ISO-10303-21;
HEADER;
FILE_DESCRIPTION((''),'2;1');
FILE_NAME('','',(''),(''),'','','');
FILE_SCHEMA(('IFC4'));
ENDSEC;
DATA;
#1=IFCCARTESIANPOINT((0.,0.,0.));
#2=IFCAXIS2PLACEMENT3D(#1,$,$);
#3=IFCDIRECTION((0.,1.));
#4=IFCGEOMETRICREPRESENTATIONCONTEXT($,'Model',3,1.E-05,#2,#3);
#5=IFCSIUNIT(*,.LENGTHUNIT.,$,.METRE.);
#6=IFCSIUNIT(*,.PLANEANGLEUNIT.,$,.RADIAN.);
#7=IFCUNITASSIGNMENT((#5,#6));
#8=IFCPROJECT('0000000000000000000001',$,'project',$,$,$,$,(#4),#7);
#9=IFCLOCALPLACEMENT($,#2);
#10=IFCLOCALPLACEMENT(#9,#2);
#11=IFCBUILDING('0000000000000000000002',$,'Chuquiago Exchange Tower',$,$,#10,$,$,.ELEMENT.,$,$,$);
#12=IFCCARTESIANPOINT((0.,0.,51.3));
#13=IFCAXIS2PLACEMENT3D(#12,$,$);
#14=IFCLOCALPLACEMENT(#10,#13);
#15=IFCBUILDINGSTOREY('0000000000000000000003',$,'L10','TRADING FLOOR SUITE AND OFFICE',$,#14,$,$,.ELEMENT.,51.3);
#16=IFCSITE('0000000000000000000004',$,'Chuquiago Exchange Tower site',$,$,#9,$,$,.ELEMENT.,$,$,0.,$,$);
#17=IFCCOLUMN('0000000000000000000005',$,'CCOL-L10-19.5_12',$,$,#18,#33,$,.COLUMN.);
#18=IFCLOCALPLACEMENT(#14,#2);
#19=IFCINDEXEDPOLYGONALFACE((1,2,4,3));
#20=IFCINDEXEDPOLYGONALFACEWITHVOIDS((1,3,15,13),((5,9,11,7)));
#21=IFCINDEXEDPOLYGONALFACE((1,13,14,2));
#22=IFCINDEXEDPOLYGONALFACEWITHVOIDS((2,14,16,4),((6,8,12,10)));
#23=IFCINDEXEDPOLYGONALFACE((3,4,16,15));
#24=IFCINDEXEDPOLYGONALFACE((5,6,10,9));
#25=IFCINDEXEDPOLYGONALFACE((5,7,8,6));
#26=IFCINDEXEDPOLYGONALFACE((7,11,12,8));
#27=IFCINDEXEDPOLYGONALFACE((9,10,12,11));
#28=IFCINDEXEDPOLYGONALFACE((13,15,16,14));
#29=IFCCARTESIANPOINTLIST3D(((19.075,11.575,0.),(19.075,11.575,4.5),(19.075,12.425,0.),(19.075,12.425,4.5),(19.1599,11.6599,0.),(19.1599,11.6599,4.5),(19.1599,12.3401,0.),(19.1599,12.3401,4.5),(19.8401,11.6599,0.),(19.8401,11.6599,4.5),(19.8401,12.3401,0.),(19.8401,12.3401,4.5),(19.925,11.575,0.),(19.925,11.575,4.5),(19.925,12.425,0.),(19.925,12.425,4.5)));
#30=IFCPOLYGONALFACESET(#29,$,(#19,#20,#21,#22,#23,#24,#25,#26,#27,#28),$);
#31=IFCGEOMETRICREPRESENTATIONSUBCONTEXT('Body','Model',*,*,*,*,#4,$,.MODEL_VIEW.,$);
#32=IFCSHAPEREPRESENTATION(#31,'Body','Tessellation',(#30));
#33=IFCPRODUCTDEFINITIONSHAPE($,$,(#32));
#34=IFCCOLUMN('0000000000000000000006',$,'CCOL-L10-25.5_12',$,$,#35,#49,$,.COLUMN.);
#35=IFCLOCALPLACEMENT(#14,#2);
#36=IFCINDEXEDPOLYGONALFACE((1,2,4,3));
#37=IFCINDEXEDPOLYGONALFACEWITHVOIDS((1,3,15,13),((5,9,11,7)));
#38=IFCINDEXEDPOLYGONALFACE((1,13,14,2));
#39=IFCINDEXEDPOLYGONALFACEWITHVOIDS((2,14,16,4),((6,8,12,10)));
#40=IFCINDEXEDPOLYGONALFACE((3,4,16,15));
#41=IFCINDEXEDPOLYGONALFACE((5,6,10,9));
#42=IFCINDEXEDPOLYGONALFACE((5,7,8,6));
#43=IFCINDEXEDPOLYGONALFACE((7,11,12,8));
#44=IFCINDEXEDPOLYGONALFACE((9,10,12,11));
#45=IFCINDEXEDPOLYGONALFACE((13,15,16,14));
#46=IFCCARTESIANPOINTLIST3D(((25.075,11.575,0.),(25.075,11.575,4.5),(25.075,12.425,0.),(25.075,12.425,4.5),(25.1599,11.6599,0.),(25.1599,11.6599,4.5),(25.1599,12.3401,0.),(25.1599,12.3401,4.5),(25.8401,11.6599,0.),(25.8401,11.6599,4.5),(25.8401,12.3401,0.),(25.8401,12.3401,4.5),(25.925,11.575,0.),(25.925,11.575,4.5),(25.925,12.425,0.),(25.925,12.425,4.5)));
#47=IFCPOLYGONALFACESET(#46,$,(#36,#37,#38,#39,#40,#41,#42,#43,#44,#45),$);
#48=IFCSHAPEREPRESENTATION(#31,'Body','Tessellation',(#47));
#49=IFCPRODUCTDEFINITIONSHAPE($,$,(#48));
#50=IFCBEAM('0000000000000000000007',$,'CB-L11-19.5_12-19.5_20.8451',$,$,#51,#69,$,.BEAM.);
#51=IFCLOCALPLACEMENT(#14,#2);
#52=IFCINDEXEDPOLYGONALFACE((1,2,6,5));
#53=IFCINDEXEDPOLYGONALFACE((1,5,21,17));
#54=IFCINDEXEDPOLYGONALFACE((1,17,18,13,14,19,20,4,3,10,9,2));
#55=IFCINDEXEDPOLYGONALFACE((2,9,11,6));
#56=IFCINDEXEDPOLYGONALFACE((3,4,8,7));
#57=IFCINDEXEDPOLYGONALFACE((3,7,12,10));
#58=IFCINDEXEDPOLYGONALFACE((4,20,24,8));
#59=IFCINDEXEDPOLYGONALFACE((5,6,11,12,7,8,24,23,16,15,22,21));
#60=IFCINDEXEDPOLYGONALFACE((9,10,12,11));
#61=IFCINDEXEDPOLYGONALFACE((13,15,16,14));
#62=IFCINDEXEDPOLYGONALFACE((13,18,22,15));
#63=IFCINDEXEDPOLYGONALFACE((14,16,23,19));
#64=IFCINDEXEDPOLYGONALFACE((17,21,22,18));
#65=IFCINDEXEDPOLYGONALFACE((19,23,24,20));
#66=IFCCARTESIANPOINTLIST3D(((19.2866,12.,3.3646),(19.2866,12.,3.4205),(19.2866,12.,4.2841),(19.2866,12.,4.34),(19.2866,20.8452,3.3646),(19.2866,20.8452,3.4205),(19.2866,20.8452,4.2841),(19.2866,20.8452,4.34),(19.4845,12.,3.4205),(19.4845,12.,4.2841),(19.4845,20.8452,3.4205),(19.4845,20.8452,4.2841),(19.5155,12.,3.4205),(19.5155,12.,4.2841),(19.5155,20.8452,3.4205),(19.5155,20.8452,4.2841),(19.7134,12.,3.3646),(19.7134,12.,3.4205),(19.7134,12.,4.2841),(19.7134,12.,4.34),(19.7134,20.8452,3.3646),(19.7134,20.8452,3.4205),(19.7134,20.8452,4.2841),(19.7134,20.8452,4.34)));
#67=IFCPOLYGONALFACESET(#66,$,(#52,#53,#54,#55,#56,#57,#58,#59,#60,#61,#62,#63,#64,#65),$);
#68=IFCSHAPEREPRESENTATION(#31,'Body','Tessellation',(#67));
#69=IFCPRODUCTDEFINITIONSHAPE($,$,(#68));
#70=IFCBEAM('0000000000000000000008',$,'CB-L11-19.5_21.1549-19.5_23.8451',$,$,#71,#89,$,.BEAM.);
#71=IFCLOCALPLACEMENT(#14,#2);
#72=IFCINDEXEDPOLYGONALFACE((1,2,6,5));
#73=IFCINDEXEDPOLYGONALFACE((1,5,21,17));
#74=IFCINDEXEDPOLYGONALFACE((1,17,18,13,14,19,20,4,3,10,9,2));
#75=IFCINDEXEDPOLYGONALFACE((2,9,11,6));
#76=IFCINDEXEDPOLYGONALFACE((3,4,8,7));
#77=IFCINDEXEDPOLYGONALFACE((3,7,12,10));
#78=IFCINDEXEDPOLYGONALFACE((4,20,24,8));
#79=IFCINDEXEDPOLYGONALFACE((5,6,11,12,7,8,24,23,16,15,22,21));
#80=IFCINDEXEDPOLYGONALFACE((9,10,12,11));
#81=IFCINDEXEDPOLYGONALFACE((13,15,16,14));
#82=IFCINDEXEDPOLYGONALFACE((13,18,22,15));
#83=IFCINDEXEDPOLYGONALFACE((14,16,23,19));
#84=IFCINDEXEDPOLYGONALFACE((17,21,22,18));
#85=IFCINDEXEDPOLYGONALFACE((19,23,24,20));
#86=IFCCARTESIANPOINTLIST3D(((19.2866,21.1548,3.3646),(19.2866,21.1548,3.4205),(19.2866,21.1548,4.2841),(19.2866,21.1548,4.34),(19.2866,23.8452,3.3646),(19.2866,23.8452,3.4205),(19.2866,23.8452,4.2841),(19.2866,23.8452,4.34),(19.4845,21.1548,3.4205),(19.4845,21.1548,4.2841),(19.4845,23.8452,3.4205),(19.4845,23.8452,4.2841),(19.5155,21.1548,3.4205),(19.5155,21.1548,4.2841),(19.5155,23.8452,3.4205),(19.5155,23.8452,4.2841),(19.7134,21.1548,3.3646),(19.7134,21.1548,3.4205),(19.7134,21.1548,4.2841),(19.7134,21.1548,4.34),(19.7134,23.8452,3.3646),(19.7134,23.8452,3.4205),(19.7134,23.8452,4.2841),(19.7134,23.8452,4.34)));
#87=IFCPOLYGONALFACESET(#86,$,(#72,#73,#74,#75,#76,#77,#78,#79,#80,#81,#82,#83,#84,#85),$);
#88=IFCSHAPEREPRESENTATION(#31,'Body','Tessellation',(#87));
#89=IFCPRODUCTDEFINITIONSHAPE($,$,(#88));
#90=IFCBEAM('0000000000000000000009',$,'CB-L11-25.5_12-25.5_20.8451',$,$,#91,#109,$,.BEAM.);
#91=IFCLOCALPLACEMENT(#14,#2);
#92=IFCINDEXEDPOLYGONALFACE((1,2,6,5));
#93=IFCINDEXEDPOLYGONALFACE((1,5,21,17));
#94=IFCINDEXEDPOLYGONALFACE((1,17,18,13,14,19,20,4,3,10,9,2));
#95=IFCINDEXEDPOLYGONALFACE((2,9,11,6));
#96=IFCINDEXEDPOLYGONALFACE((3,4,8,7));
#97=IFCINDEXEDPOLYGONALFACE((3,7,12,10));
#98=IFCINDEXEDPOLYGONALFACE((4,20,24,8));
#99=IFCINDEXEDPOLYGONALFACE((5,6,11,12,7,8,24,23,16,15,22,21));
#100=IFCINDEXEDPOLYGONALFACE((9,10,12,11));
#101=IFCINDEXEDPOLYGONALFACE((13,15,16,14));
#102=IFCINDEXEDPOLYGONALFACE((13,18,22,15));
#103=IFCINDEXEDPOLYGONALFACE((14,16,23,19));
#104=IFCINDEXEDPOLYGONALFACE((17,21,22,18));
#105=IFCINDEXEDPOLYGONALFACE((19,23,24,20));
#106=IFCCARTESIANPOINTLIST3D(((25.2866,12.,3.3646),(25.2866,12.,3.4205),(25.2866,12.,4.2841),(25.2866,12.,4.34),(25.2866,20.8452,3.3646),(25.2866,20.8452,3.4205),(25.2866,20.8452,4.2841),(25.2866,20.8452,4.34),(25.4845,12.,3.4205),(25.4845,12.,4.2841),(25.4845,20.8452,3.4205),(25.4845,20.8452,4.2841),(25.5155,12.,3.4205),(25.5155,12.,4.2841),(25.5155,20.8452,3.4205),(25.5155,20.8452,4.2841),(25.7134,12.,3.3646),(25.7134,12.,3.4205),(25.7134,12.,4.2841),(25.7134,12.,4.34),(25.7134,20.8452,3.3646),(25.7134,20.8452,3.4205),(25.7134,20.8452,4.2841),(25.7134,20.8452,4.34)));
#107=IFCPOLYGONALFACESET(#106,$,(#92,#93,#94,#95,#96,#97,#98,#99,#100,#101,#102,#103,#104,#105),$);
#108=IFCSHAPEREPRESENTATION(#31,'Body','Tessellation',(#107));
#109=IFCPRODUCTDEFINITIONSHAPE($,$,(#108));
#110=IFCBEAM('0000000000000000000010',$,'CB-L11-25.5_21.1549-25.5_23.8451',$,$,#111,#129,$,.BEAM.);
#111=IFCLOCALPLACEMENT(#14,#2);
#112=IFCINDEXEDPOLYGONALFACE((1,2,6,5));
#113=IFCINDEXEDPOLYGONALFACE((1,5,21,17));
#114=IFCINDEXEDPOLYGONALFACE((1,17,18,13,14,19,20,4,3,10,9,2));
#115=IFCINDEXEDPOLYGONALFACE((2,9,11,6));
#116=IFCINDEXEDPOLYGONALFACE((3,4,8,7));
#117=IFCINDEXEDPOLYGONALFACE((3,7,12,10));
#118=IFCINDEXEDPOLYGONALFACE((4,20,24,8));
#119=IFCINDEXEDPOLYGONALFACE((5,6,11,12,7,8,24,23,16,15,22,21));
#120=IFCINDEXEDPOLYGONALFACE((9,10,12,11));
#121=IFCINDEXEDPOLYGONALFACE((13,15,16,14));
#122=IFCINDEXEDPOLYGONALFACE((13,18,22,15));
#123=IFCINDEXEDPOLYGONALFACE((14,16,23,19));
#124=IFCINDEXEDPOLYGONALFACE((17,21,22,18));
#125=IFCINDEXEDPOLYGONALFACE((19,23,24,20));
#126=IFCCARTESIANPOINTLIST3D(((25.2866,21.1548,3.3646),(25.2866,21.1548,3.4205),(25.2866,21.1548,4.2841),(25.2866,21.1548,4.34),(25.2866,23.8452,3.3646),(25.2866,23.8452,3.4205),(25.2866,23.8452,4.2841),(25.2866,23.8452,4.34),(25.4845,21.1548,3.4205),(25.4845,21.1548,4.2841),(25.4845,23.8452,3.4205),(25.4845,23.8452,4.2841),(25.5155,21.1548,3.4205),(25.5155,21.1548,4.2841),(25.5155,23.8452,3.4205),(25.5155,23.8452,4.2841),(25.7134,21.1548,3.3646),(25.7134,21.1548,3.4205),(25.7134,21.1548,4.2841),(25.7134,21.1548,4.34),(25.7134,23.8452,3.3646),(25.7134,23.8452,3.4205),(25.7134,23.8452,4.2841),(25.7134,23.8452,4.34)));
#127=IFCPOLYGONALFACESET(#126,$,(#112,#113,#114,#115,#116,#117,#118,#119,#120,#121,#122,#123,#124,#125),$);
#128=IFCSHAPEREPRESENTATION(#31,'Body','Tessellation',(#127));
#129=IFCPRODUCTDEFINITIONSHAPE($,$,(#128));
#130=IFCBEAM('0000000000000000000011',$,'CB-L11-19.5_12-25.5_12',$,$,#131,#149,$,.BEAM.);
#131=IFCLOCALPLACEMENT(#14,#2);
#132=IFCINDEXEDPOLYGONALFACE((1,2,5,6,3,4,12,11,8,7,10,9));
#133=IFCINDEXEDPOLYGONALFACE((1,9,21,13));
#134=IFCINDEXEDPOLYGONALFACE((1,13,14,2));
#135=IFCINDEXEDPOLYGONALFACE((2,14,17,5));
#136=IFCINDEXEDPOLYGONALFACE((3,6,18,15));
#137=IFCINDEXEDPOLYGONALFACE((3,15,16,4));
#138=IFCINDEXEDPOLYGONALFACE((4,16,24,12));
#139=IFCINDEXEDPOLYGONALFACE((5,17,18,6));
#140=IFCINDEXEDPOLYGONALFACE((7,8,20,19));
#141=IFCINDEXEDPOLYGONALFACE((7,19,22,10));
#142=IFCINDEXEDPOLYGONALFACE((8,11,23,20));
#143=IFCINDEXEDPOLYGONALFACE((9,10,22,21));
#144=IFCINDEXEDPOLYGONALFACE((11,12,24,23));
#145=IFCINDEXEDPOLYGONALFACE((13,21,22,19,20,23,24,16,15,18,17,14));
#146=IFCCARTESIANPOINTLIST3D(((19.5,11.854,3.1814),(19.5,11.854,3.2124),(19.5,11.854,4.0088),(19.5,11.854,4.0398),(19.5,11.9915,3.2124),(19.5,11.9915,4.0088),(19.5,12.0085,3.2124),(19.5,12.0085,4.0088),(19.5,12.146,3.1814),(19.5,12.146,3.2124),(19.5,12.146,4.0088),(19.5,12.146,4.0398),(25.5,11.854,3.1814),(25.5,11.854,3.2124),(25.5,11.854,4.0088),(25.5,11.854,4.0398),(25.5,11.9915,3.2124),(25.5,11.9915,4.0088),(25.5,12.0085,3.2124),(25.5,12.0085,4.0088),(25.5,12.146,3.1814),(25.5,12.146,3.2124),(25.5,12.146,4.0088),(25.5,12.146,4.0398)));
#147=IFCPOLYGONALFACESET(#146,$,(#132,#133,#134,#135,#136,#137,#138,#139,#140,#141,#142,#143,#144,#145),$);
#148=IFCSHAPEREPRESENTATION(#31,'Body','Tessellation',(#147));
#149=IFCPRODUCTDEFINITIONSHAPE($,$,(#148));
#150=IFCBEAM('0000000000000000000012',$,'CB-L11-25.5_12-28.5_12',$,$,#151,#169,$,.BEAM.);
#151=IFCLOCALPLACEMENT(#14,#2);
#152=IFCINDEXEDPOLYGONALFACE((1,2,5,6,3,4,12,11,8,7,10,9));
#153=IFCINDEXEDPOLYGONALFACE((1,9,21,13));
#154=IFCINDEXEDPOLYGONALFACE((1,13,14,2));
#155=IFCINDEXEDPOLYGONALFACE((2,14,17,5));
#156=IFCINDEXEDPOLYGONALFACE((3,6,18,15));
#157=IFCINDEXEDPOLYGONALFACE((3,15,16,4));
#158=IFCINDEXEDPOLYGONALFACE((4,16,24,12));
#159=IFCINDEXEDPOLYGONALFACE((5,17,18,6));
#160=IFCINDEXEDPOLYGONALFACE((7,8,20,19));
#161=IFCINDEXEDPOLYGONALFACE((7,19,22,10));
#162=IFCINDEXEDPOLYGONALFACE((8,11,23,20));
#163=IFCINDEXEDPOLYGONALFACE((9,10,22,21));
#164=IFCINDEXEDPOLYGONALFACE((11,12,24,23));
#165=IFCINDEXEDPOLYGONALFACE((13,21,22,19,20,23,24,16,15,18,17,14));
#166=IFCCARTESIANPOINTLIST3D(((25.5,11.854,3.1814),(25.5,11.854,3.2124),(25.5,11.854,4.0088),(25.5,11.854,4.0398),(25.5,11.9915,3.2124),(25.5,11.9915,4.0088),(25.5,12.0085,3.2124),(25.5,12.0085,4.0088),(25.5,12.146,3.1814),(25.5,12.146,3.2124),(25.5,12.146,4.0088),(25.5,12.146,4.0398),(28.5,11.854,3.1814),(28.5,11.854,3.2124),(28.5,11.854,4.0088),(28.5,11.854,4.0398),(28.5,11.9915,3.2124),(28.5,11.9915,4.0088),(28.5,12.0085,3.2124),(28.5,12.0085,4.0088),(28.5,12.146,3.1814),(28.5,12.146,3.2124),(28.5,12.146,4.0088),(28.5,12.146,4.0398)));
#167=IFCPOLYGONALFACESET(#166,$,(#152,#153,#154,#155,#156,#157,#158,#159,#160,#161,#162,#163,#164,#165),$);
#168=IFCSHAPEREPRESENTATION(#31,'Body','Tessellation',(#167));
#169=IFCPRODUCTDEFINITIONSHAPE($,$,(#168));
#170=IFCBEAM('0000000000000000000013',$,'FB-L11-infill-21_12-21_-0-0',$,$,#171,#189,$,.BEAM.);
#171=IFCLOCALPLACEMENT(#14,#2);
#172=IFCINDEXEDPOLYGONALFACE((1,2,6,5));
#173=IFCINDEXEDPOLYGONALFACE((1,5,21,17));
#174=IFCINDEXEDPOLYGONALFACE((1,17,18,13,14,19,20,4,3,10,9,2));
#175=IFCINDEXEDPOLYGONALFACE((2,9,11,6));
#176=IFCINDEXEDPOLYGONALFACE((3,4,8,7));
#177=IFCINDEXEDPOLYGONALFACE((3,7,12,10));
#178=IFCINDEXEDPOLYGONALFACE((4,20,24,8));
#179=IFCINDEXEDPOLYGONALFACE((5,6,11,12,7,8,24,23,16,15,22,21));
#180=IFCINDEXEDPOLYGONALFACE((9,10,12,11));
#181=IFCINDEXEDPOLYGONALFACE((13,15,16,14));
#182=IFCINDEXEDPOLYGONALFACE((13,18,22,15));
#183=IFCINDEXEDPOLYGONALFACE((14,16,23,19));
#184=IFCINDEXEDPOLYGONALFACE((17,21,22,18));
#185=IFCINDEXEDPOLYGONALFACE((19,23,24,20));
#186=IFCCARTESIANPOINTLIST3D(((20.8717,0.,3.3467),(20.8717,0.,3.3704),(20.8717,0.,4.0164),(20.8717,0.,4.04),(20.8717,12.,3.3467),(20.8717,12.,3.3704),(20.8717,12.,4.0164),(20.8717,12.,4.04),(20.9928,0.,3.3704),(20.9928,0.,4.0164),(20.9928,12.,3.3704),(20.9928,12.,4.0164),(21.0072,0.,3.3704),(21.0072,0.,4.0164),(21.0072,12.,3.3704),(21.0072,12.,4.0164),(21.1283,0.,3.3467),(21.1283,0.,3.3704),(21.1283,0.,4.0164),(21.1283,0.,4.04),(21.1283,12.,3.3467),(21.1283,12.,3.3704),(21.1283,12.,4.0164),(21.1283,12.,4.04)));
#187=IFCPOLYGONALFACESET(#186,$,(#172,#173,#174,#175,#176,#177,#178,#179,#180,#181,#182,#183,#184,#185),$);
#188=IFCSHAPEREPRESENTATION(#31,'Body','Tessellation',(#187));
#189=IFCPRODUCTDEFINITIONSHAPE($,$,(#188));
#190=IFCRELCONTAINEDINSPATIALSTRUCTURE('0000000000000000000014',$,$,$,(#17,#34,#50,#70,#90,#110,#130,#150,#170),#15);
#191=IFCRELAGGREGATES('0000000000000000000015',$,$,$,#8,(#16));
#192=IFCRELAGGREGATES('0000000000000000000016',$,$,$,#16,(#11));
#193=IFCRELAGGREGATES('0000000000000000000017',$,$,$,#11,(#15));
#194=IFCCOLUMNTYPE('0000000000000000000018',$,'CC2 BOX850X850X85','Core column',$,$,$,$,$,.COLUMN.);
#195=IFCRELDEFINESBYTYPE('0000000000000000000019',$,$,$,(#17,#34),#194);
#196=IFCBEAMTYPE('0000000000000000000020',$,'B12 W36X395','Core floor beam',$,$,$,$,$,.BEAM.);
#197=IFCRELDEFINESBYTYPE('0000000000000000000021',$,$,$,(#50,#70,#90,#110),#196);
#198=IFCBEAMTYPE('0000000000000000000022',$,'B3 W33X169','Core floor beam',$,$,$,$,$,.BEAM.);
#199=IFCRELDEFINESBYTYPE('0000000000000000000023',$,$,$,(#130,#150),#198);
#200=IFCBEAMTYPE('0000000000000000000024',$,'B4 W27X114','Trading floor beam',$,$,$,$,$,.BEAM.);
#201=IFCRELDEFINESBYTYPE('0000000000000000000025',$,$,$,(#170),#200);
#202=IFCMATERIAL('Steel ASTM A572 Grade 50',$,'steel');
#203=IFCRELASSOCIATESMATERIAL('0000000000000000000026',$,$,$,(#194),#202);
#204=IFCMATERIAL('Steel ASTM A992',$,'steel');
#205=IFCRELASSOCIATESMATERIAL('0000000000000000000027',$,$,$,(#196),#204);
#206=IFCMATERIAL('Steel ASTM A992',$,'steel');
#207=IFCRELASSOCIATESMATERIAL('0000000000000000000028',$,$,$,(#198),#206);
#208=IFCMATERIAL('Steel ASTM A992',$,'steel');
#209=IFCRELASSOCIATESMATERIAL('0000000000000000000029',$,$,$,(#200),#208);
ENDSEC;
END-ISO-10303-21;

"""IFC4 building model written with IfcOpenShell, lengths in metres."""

from ifc_helpers import new_model, si_unit, direction, frame, origin, origin_2d, place, context, subcontext, project, spatial, hollow_rectangle, i_section, extrude, material, material_profile, profile_set, type_object, element, save


model = new_model("IFC4")

# Units and contexts
model_context = context("Model", 3, precision=1e-05, world=origin(), true_north=direction((0.0, 1.0)))
body_context = subcontext(model_context, "Body", "Model", "MODEL_VIEW")
ifc_project = project(units=[si_unit("LENGTHUNIT", "METRE"), si_unit("PLANEANGLEUNIT", "RADIAN")], contexts=[model_context])

# Site, building, storey
site_placement = place(None, origin())
site = spatial("IfcSite", under=ifc_project, at=site_placement, Name="Chuquiago Exchange Tower site", CompositionType="ELEMENT", RefElevation=0.0)
building_placement = place(site_placement, origin())
building = spatial("IfcBuilding", under=site, at=building_placement, Name="Chuquiago Exchange Tower", CompositionType="ELEMENT")
storey_placement = place(building_placement, frame((0.0, 0.0, 51.3)))
storey = spatial("IfcBuildingStorey", under=building, at=storey_placement, Name="L10", Description="TRADING FLOOR SUITE AND OFFICE", CompositionType="ELEMENT", Elevation=51.3)

# Columns
ifc_material_1 = material(Name="Steel ASTM A572 Grade 50", Category="steel")
ifc_material_profile_1 = material_profile(ifc_material_1, hollow_rectangle(XDim=0.8501, YDim=0.8501, WallThickness=0.085, at=origin_2d()), Name="BOX850X850X85")
ifc_profile_set_1 = profile_set([ifc_material_profile_1], Name="Steel ASTM A572 Grade 50")
column_type = type_object("IfcColumnType", Name="CC2 BOX850X850X85", Description="Core column", PredefinedType="COLUMN", material=ifc_profile_set_1)
for number, where, z_axis, x_axis, name in (
    (1, (19.5, 12.0, 0.0), (0.0, 0.0, 1.0), (1.0, 0.0, 0.0), "CCOL-L10-19.5_12"),
    (2, (25.5, 12.0, 0.0), (0.0, 0.0, 1.0), (1.0, 0.0, 0.0), "CCOL-L10-25.5_12"),
):
    element("IfcColumn", number, at=place(storey_placement, frame(where, z_axis=z_axis, x_axis=x_axis)), inside=storey, type_object=column_type, Name=name, PredefinedType="COLUMN", context=body_context, shape_type="SweptSolid", body=[
        extrude(hollow_rectangle(XDim=0.8501, YDim=0.8501, WallThickness=0.085, at=origin_2d()), origin(), (0.0, 0.0, 1.0), 4.5),
    ])

# Beams
ifc_material_2 = material(Name="Steel ASTM A992", Category="steel")
ifc_material_profile_2 = material_profile(ifc_material_2, i_section(OverallWidth=0.4268, OverallDepth=0.9753, WebThickness=0.031, FlangeThickness=0.0559, at=origin_2d()), Name="W36X395")
ifc_profile_set_2 = profile_set([ifc_material_profile_2], Name="Steel ASTM A992")
beam_type_1 = type_object("IfcBeamType", Name="B12 W36X395", Description="Core floor beam", PredefinedType="BEAM", material=ifc_profile_set_2)
beam_1_placement = place(storey_placement, frame((19.5, 12.0, 3.8523), z_axis=(0.0, 1.0, 0.0), x_axis=(-1.0, 0.0, 0.0)))
element("IfcBeam", 3, at=beam_1_placement, inside=storey, type_object=beam_type_1, Name="CB-L11-19.5_12-19.5_20.8451", PredefinedType="BEAM", context=body_context, shape_type="SweptSolid", body=[
    extrude(i_section(OverallWidth=0.4268, OverallDepth=0.9753, WebThickness=0.031, FlangeThickness=0.0559, at=origin_2d()), origin(), (0.0, 0.0, 1.0), 8.8452),
])
beam_2_placement = place(storey_placement, frame((19.5, 21.1548, 3.8523), z_axis=(0.0, 1.0, 0.0), x_axis=(-1.0, 0.0, 0.0)))
element("IfcBeam", 4, at=beam_2_placement, inside=storey, type_object=beam_type_1, Name="CB-L11-19.5_21.1549-19.5_23.8451", PredefinedType="BEAM", context=body_context, shape_type="SweptSolid", body=[
    extrude(i_section(OverallWidth=0.4268, OverallDepth=0.9753, WebThickness=0.031, FlangeThickness=0.0559, at=origin_2d()), origin(), (0.0, 0.0, 1.0), 2.6904),
])
beam_3_placement = place(storey_placement, frame((25.5, 12.0, 3.8523), z_axis=(0.0, 1.0, 0.0), x_axis=(-1.0, 0.0, 0.0)))
element("IfcBeam", 5, at=beam_3_placement, inside=storey, type_object=beam_type_1, Name="CB-L11-25.5_12-25.5_20.8451", PredefinedType="BEAM", context=body_context, shape_type="SweptSolid", body=[
    extrude(i_section(OverallWidth=0.4268, OverallDepth=0.9753, WebThickness=0.031, FlangeThickness=0.0559, at=origin_2d()), origin(), (0.0, 0.0, 1.0), 8.8452),
])
beam_4_placement = place(storey_placement, frame((25.5, 21.1548, 3.8523), z_axis=(0.0, 1.0, 0.0), x_axis=(-1.0, 0.0, 0.0)))
element("IfcBeam", 6, at=beam_4_placement, inside=storey, type_object=beam_type_1, Name="CB-L11-25.5_21.1549-25.5_23.8451", PredefinedType="BEAM", context=body_context, shape_type="SweptSolid", body=[
    extrude(i_section(OverallWidth=0.4268, OverallDepth=0.9753, WebThickness=0.031, FlangeThickness=0.0559, at=origin_2d()), origin(), (0.0, 0.0, 1.0), 2.6904),
])
ifc_material_3 = material(Name="Steel ASTM A992", Category="steel")
ifc_material_profile_3 = material_profile(ifc_material_3, i_section(OverallWidth=0.292, OverallDepth=0.8584, WebThickness=0.0171, FlangeThickness=0.031, at=origin_2d()), Name="W33X169")
ifc_profile_set_3 = profile_set([ifc_material_profile_3], Name="Steel ASTM A992")
beam_type_2 = type_object("IfcBeamType", Name="B3 W33X169", Description="Core floor beam", PredefinedType="BEAM", material=ifc_profile_set_3)
beam_5_placement = place(storey_placement, frame((19.5, 12.0, 3.6106), z_axis=(1.0, 0.0, 0.0), x_axis=(0.0, 1.0, 0.0)))
element("IfcBeam", 7, at=beam_5_placement, inside=storey, type_object=beam_type_2, Name="CB-L11-19.5_12-25.5_12", PredefinedType="BEAM", context=body_context, shape_type="SweptSolid", body=[
    extrude(i_section(OverallWidth=0.292, OverallDepth=0.8584, WebThickness=0.0171, FlangeThickness=0.031, at=origin_2d()), origin(), (0.0, 0.0, 1.0), 6.0),
])
beam_6_placement = place(storey_placement, frame((25.5, 12.0, 3.6106), z_axis=(1.0, 0.0, 0.0), x_axis=(0.0, 1.0, 0.0)))
element("IfcBeam", 8, at=beam_6_placement, inside=storey, type_object=beam_type_2, Name="CB-L11-25.5_12-28.5_12", PredefinedType="BEAM", context=body_context, shape_type="SweptSolid", body=[
    extrude(i_section(OverallWidth=0.292, OverallDepth=0.8584, WebThickness=0.0171, FlangeThickness=0.031, at=origin_2d()), origin(), (0.0, 0.0, 1.0), 3.0),
])
ifc_material_4 = material(Name="Steel ASTM A992", Category="steel")
ifc_material_profile_4 = material_profile(ifc_material_4, i_section(OverallWidth=0.2566, OverallDepth=0.6934, WebThickness=0.0144, FlangeThickness=0.0237, at=origin_2d()), Name="W27X114")
ifc_profile_set_4 = profile_set([ifc_material_profile_4], Name="Steel ASTM A992")
beam_type_3 = type_object("IfcBeamType", Name="B4 W27X114", Description="Trading floor beam", PredefinedType="BEAM", material=ifc_profile_set_4)
for number, where, z_axis, x_axis, name in (
    (9, (21.0, 12.0, 3.6934), (0.0, -1.0, 0.0), (1.0, 0.0, 0.0), "FB-L11-infill-21_12-21_-0-0"),
):
    element("IfcBeam", number, at=place(storey_placement, frame(where, z_axis=z_axis, x_axis=x_axis)), inside=storey, type_object=beam_type_3, Name=name, PredefinedType="BEAM", context=body_context, shape_type="SweptSolid", body=[
        extrude(i_section(OverallWidth=0.2566, OverallDepth=0.6934, WebThickness=0.0144, FlangeThickness=0.0237, at=origin_2d()), origin(), (0.0, 0.0, 1.0), 12.0),
    ])

save(model, "model.ifc")
